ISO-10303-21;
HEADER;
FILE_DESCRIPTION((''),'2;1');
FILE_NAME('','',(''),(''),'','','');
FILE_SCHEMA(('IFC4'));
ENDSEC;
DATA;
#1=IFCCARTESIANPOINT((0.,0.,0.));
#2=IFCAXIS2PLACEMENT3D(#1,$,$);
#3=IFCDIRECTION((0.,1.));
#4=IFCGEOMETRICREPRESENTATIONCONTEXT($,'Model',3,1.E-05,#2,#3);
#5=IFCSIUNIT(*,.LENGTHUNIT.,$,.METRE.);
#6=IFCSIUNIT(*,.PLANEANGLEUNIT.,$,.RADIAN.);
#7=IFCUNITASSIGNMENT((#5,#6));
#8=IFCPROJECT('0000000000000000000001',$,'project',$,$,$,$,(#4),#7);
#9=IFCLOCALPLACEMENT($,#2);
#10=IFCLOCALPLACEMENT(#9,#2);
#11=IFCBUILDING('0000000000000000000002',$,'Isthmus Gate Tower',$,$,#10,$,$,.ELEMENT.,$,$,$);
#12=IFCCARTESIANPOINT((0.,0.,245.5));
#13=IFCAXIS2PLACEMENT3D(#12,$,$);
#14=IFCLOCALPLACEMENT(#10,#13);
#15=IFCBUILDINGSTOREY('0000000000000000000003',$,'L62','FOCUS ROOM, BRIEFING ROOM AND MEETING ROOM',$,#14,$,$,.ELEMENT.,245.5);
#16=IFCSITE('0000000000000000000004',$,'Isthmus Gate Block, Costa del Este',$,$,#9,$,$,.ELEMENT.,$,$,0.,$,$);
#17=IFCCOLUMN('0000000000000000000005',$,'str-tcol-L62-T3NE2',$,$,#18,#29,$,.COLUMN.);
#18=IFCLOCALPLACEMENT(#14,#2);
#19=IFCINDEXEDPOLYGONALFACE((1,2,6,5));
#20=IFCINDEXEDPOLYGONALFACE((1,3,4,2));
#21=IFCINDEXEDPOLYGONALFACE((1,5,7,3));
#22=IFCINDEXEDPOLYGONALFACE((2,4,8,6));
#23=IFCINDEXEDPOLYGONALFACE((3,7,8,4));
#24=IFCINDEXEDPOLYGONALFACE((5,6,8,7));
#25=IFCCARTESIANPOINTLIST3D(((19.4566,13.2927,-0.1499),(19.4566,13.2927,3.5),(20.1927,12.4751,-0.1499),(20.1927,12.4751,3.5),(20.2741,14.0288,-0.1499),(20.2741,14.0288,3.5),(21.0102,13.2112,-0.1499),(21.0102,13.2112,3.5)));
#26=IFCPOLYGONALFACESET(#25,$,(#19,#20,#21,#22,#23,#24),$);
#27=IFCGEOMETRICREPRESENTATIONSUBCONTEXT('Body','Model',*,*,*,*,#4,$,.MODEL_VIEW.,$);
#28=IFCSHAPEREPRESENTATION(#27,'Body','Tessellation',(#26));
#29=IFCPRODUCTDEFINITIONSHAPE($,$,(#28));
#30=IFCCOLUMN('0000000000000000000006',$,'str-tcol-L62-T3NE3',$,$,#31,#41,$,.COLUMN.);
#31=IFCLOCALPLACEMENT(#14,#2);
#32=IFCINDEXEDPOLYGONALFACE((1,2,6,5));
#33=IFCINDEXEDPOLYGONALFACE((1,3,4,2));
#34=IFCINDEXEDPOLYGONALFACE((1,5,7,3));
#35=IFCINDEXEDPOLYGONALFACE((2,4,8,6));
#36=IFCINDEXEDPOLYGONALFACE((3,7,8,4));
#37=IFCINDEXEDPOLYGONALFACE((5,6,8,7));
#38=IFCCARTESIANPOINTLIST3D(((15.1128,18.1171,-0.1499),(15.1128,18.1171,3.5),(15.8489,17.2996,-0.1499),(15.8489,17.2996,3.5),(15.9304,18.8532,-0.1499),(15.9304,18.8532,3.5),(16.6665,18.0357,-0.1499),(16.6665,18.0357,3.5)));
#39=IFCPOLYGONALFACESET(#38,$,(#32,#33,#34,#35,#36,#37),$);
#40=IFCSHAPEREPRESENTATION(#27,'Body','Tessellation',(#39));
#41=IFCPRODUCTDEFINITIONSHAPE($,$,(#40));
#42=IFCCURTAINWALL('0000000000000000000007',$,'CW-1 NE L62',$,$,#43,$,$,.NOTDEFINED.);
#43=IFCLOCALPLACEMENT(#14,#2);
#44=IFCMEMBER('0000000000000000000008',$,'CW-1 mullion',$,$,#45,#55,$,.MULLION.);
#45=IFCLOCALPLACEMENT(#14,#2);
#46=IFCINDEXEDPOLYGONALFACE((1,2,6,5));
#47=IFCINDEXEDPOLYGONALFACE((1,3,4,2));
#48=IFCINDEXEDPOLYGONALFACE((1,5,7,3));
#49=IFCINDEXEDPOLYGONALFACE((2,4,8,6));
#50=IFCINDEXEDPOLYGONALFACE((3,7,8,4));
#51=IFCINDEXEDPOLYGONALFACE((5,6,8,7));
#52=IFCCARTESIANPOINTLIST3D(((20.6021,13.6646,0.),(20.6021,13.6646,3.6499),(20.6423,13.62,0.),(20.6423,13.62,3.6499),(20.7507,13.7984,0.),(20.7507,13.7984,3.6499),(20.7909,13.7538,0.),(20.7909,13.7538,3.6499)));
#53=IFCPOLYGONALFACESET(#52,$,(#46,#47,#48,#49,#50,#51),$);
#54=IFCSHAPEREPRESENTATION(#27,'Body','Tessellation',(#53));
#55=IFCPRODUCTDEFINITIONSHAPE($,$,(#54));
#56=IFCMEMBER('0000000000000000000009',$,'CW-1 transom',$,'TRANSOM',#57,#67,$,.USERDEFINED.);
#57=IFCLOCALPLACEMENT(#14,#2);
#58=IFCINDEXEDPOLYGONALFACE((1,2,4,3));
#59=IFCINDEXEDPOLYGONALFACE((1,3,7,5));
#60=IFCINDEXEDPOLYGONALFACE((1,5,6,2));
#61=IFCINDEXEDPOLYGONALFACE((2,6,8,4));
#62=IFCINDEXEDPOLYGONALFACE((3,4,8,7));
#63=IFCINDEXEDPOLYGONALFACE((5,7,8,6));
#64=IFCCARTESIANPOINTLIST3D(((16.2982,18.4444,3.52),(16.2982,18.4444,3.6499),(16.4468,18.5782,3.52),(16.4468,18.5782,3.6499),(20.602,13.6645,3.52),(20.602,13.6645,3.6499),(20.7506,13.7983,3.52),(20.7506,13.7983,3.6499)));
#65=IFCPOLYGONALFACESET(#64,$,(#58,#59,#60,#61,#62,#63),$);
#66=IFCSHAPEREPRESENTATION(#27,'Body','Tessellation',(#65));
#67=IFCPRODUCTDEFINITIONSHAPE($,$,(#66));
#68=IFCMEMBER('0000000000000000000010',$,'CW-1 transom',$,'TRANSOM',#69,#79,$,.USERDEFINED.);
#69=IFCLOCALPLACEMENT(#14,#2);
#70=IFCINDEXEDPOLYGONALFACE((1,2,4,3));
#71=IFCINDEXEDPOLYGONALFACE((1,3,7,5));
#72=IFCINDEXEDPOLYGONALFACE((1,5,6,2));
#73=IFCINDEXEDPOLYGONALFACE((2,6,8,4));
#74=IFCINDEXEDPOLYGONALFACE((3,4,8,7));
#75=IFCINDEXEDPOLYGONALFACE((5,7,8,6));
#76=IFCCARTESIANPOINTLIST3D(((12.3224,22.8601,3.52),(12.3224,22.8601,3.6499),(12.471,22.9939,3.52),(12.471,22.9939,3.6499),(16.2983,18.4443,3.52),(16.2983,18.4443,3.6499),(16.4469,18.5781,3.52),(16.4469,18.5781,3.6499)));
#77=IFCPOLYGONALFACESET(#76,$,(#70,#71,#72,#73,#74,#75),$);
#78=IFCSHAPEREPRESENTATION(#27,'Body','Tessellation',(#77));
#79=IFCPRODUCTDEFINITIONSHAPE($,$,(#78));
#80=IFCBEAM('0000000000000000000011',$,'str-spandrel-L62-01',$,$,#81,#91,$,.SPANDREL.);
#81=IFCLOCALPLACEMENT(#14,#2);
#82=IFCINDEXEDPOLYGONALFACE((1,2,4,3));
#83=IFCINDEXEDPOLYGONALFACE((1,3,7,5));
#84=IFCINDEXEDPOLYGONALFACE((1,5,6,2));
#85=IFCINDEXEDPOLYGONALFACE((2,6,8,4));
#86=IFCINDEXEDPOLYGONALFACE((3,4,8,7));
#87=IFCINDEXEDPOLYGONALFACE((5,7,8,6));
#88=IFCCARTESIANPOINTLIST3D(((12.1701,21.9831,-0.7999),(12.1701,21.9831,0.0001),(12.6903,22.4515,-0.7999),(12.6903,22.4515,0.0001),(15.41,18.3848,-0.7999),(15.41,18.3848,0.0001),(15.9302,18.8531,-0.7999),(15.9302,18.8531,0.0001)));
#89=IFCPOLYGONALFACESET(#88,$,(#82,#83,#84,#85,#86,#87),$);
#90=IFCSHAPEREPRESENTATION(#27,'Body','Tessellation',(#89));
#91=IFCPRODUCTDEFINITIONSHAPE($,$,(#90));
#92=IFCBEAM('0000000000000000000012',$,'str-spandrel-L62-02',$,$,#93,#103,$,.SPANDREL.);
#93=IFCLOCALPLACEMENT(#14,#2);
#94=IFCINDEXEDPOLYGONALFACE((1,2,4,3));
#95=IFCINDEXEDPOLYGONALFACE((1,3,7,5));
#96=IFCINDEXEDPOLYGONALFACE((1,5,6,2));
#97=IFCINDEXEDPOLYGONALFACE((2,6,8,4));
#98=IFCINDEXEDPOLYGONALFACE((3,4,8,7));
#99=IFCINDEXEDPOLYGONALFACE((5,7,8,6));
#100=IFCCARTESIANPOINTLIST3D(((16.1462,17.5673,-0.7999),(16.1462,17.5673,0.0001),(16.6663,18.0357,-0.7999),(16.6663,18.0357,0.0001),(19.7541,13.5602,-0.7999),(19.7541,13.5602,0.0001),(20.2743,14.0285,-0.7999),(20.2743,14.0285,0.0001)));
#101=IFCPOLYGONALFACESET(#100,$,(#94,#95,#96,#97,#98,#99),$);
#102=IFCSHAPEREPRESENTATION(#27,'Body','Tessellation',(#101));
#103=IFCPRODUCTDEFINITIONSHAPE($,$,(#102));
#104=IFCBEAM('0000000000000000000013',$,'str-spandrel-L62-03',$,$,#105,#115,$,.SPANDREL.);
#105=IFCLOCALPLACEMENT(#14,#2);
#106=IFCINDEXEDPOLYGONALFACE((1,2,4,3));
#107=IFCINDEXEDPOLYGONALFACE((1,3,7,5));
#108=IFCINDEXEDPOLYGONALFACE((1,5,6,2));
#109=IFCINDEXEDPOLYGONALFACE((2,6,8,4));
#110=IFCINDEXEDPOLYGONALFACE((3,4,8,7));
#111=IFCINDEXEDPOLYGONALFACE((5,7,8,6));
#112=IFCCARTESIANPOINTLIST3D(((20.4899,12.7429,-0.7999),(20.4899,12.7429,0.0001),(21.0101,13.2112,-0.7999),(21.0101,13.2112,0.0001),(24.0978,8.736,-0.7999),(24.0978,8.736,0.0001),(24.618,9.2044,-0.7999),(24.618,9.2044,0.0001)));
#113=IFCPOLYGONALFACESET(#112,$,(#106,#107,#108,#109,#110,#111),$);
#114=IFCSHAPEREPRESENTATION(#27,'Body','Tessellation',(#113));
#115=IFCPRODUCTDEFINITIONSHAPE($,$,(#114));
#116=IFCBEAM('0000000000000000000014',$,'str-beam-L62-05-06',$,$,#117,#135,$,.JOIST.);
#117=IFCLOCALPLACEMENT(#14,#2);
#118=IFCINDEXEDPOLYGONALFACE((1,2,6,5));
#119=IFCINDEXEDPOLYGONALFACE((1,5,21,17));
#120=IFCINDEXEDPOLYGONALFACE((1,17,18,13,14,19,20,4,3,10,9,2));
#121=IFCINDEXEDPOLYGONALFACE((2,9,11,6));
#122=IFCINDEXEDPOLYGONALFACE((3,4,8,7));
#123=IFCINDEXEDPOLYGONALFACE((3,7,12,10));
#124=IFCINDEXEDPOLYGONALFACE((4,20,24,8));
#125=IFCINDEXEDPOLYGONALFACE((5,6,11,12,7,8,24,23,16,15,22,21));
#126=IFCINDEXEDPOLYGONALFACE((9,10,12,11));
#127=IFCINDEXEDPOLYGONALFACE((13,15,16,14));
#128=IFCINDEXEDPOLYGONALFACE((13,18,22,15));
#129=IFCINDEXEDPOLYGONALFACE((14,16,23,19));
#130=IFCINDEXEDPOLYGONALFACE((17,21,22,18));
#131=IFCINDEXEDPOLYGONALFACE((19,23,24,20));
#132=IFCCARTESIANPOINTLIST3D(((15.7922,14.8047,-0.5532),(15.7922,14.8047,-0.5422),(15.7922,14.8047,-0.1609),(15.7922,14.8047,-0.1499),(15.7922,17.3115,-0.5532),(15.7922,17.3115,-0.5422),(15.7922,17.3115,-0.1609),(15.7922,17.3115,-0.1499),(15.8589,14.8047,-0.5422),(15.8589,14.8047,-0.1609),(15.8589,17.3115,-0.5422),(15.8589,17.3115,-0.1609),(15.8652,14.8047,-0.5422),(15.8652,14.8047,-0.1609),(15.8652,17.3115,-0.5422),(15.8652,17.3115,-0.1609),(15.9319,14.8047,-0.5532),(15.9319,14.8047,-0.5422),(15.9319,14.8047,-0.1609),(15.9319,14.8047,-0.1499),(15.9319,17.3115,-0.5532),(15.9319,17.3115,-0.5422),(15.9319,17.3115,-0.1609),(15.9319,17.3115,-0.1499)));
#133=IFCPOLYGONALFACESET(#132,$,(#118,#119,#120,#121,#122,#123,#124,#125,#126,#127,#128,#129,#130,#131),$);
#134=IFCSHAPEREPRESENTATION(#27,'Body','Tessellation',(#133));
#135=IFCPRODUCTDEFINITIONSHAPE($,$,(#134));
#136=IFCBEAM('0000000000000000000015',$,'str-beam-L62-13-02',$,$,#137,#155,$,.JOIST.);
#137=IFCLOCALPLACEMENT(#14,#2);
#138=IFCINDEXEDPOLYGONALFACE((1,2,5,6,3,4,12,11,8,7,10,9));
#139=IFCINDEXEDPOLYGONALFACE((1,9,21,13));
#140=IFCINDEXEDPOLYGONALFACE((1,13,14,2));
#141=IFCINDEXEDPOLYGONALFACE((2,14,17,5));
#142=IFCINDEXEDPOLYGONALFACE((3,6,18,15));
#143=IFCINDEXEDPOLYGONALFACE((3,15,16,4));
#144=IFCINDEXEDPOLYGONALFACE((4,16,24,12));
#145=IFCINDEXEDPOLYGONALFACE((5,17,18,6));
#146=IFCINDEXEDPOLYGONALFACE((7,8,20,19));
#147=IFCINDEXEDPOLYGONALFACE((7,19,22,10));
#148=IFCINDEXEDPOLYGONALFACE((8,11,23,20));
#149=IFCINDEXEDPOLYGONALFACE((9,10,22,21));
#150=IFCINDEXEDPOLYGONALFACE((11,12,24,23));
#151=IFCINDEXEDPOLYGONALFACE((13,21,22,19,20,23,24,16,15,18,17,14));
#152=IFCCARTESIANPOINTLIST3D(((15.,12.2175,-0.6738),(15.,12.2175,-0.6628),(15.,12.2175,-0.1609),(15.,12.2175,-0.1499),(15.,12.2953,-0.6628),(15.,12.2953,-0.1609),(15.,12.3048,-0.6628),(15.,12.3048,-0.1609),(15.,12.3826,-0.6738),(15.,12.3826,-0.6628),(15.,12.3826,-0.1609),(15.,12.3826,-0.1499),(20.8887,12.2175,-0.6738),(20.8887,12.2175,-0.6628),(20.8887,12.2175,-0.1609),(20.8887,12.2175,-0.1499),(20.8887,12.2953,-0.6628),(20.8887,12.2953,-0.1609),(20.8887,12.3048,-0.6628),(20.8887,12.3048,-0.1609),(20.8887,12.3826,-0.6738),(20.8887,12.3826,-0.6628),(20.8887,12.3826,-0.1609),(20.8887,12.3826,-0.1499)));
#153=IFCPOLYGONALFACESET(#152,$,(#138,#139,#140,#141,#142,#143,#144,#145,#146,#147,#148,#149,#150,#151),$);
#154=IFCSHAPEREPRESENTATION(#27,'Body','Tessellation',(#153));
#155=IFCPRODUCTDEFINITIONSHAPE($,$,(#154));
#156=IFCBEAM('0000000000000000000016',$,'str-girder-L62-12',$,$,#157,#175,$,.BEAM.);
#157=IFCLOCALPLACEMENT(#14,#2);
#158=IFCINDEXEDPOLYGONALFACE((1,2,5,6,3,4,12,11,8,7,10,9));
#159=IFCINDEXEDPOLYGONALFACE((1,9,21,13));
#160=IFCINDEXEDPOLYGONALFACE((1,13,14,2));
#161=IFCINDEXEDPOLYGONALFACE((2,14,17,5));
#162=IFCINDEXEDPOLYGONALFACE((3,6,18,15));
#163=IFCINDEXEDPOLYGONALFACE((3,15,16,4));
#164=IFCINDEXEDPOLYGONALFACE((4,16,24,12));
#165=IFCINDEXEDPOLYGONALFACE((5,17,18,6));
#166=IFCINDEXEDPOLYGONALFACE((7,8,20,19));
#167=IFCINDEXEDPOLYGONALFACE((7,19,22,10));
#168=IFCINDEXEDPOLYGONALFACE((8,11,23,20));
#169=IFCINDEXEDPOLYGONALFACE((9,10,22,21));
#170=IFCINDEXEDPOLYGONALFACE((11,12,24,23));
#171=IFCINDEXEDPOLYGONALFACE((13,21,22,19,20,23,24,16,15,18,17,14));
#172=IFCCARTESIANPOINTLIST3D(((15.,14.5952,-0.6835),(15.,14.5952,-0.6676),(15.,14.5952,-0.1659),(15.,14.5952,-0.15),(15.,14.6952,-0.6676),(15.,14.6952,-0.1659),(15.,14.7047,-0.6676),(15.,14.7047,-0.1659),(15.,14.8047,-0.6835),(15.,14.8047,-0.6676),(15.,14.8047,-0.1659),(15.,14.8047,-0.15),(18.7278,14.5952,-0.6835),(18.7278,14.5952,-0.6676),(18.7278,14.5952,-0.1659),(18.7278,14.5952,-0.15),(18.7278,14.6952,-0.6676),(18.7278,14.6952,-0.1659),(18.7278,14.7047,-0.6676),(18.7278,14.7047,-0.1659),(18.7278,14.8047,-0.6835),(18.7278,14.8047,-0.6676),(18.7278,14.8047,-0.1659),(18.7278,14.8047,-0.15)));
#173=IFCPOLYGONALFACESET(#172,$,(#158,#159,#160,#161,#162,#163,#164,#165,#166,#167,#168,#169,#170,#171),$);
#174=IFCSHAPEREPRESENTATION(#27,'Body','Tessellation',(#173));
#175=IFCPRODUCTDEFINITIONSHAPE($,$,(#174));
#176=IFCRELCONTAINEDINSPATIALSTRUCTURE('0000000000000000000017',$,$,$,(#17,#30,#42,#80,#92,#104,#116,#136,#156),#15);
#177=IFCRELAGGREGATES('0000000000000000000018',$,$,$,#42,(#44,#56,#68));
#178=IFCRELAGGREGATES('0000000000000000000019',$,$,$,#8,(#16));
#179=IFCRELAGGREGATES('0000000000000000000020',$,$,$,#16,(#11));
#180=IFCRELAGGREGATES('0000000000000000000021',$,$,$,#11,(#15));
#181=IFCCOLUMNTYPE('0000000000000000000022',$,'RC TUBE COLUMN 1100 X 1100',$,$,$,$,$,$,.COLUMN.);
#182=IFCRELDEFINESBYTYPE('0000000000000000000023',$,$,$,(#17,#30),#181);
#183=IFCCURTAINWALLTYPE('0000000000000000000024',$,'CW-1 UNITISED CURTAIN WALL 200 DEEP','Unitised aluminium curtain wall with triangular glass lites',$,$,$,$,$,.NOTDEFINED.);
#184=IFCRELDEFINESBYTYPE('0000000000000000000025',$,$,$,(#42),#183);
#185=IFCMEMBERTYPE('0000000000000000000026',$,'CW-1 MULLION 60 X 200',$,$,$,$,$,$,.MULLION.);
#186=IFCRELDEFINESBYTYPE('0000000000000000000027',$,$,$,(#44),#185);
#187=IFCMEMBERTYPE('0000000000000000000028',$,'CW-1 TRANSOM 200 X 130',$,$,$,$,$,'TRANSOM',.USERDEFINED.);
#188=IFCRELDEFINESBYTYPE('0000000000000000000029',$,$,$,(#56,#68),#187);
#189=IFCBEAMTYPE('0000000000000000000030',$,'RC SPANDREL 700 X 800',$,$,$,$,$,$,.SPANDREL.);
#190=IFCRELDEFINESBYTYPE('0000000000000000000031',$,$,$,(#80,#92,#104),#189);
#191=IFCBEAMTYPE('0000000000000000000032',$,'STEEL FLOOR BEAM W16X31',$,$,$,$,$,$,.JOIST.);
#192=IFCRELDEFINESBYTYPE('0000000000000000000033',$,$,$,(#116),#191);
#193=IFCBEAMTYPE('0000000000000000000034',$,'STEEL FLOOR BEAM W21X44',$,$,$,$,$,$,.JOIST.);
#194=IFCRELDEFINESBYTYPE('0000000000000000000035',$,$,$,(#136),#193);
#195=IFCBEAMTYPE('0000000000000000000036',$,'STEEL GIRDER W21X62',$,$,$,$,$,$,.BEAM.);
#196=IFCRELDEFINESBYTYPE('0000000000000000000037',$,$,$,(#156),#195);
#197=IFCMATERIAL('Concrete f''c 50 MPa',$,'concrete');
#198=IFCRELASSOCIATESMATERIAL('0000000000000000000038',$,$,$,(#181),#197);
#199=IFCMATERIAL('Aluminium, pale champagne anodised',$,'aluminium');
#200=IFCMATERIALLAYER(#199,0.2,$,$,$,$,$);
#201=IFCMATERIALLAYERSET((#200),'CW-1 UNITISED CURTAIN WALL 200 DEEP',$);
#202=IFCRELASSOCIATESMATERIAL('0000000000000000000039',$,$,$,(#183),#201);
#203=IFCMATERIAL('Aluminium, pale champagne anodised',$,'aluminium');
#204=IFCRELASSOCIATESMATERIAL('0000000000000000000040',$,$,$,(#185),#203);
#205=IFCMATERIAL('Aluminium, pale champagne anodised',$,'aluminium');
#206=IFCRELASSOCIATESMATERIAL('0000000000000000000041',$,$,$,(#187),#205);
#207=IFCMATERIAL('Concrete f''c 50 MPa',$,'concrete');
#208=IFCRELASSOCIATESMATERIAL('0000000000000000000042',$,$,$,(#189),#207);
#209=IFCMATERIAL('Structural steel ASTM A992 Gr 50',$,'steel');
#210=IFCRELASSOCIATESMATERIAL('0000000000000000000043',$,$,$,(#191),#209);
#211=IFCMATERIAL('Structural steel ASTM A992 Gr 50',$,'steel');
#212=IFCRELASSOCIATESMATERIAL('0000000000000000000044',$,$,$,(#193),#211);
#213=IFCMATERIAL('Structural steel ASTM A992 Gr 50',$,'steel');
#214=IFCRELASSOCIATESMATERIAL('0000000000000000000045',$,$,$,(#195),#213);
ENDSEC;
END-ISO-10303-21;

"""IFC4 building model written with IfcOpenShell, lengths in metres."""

from ifc_helpers import new_model, si_unit, direction, frame, origin, origin_2d, place, context, subcontext, project, spatial, rectangle, i_section, extrude, material, layer, layer_set, material_profile, profile_set, type_object, element, aggregate, save


model = new_model("IFC4")

# Units and contexts
model_context = context("Model", 3, precision=1e-05, world=origin(), true_north=direction((0.0, 1.0)))
body_context = subcontext(model_context, "Body", "Model", "MODEL_VIEW")
ifc_project = project(units=[si_unit("LENGTHUNIT", "METRE"), si_unit("PLANEANGLEUNIT", "RADIAN")], contexts=[model_context])

# Site, building, storey
site_placement = place(None, origin())
site = spatial("IfcSite", under=ifc_project, at=site_placement, Name="Isthmus Gate Block, Costa del Este", CompositionType="ELEMENT", RefElevation=0.0)
building_placement = place(site_placement, origin())
building = spatial("IfcBuilding", under=site, at=building_placement, Name="Isthmus Gate Tower", CompositionType="ELEMENT")
storey_placement = place(building_placement, frame((0.0, 0.0, 245.5)))
storey = spatial("IfcBuildingStorey", under=building, at=storey_placement, Name="L62", Description="FOCUS ROOM, BRIEFING ROOM AND MEETING ROOM", CompositionType="ELEMENT", Elevation=245.5)

# Columns
ifc_material_1 = material(Name="Concrete f'c 50 MPa", Category="concrete")
ifc_material_profile_1 = material_profile(ifc_material_1, rectangle(XDim=1.1001, YDim=1.1001, at=origin_2d()), Name="RC 1100X1100")
ifc_profile_set_1 = profile_set([ifc_material_profile_1], Name="Concrete f'c 50 MPa")
column_type = type_object("IfcColumnType", Name="RC TUBE COLUMN 1100 X 1100", PredefinedType="COLUMN", material=ifc_profile_set_1)
for number, where, z_axis, x_axis, name in (
    (1, (20.2334, 13.252, -0.1499), (0.0, 0.0, 1.0), (-0.669131, 0.743145, 0.0), "str-tcol-L62-T3NE2"),
    (2, (15.8896, 18.0764, -0.1499), (0.0, 0.0, 1.0), (-0.669131, 0.743145, 0.0), "str-tcol-L62-T3NE3"),
):
    element("IfcColumn", number, at=place(storey_placement, frame(where, z_axis=z_axis, x_axis=x_axis)), inside=storey, type_object=column_type, Name=name, PredefinedType="COLUMN", context=body_context, shape_type="SweptSolid", body=[
        extrude(rectangle(XDim=1.1001, YDim=1.1001, at=origin_2d()), origin(), (0.0, 0.0, 1.0), 3.6499),
    ])

# Curtain wall, members
ifc_material_2 = material(Name="Aluminium, pale champagne anodised", Category="aluminium")
ifc_layer_1 = layer(ifc_material_2, 0.2)
ifc_layer_set_1 = layer_set([ifc_layer_1], Name="CW-1 UNITISED CURTAIN WALL 200 DEEP")
curtain_wall_type = type_object("IfcCurtainWallType", Name="CW-1 UNITISED CURTAIN WALL 200 DEEP", Description="Unitised aluminium curtain wall with triangular glass lites", PredefinedType="NOTDEFINED", material=ifc_layer_set_1)
curtain_wall_placement = place(storey_placement, origin())
curtain_wall = element("IfcCurtainWall", 3, at=curtain_wall_placement, inside=storey, type_object=curtain_wall_type, Name="CW-1 NE L62", PredefinedType="NOTDEFINED")
ifc_material_3 = material(Name="Aluminium, pale champagne anodised", Category="aluminium")
ifc_material_profile_2 = material_profile(ifc_material_3, rectangle(XDim=0.0601, YDim=0.2, at=origin_2d()), Name="60x200")
ifc_profile_set_2 = profile_set([ifc_material_profile_2], Name="Aluminium, pale champagne anodised")
member_type_1 = type_object("IfcMemberType", Name="CW-1 MULLION 60 X 200", PredefinedType="MULLION", material=ifc_profile_set_2)
member_1_placement = place(storey_placement, frame((20.6965, 13.7092, 0.0), z_axis=(0.0, 0.0, 1.0), x_axis=(-0.669131, 0.743145, 0.0)))
member_1 = element("IfcMember", 4, at=member_1_placement, type_object=member_type_1, Name="CW-1 mullion", PredefinedType="MULLION", context=body_context, shape_type="SweptSolid", body=[
    extrude(rectangle(XDim=0.0601, YDim=0.2, at=origin_2d()), origin(), (0.0, 0.0, 1.0), 3.6499),
])
ifc_material_4 = material(Name="Aluminium, pale champagne anodised", Category="aluminium")
ifc_material_profile_3 = material_profile(ifc_material_4, rectangle(XDim=0.2, YDim=0.1299, at=origin_2d()), Name="200x130")
ifc_profile_set_3 = profile_set([ifc_material_profile_3], Name="Aluminium, pale champagne anodised")
member_type_2 = type_object("IfcMemberType", Name="CW-1 TRANSOM 200 X 130", ElementType="TRANSOM", PredefinedType="USERDEFINED", material=ifc_profile_set_3)
member_2_placement = place(storey_placement, frame((20.6763, 13.7314, 3.585), z_axis=(-0.669128, 0.743147, 0.0), x_axis=(-0.743147, -0.669128, 0.0)))
member_2 = element("IfcMember", 5, at=member_2_placement, type_object=member_type_2, Name="CW-1 transom", ObjectType="TRANSOM", PredefinedType="USERDEFINED", context=body_context, shape_type="SweptSolid", body=[
    extrude(rectangle(XDim=0.2, YDim=0.1299, at=origin_2d()), origin(), (0.0, 0.0, 1.0), 6.4319),
])
member_3_placement = place(storey_placement, frame((16.3726, 18.5112, 3.585), z_axis=(-0.669117, 0.743157, 0.0), x_axis=(-0.743157, -0.669117, 0.0)))
member_3 = element("IfcMember", 6, at=member_3_placement, type_object=member_type_2, Name="CW-1 transom", ObjectType="TRANSOM", PredefinedType="USERDEFINED", context=body_context, shape_type="SweptSolid", body=[
    extrude(rectangle(XDim=0.2, YDim=0.1299, at=origin_2d()), origin(), (0.0, 0.0, 1.0), 5.9419),
])

# Beams
ifc_material_5 = material(Name="Concrete f'c 50 MPa", Category="concrete")
ifc_material_profile_4 = material_profile(ifc_material_5, rectangle(XDim=0.7, YDim=0.8, at=origin_2d()), Name="RC 700X800")
ifc_profile_set_4 = profile_set([ifc_material_profile_4], Name="Concrete f'c 50 MPa")
beam_type_1 = type_object("IfcBeamType", Name="RC SPANDREL 700 X 800", PredefinedType="SPANDREL", material=ifc_profile_set_4)
beam_1_placement = place(storey_placement, frame((12.4302, 22.2173, -0.3999), z_axis=(0.669129, -0.743146, 0.0), x_axis=(0.743146, 0.669129, 0.0)))
element("IfcBeam", 7, at=beam_1_placement, inside=storey, type_object=beam_type_1, Name="str-spandrel-L62-01", PredefinedType="SPANDREL", context=body_context, shape_type="SweptSolid", body=[
    extrude(rectangle(XDim=0.7, YDim=0.8, at=origin_2d()), origin(), (0.0, 0.0, 1.0), 4.842),
])
beam_2_placement = place(storey_placement, frame((16.4062, 17.8015, -0.3999), z_axis=(0.669122, -0.743152, 0.0), x_axis=(0.743152, 0.669122, 0.0)))
element("IfcBeam", 8, at=beam_2_placement, inside=storey, type_object=beam_type_1, Name="str-spandrel-L62-02", PredefinedType="SPANDREL", context=body_context, shape_type="SweptSolid", body=[
    extrude(rectangle(XDim=0.7, YDim=0.8, at=origin_2d()), origin(), (0.0, 0.0, 1.0), 5.3921),
])
beam_3_placement = place(storey_placement, frame((20.75, 12.9771, -0.3999), z_axis=(0.669145, -0.743132, 0.0), x_axis=(0.743132, 0.669145, 0.0)))
element("IfcBeam", 9, at=beam_3_placement, inside=storey, type_object=beam_type_1, Name="str-spandrel-L62-03", PredefinedType="SPANDREL", context=body_context, shape_type="SweptSolid", body=[
    extrude(rectangle(XDim=0.7, YDim=0.8, at=origin_2d()), origin(), (0.0, 0.0, 1.0), 5.3918),
])
ifc_material_6 = material(Name="Structural steel ASTM A992 Gr 50", Category="steel")
ifc_material_profile_5 = material_profile(ifc_material_6, i_section(OverallWidth=0.1396, OverallDepth=0.4033, WebThickness=0.0063, FlangeThickness=0.011, at=origin_2d()), Name="W16X31")
ifc_profile_set_5 = profile_set([ifc_material_profile_5], Name="Structural steel ASTM A992 Gr 50")
beam_type_2 = type_object("IfcBeamType", Name="STEEL FLOOR BEAM W16X31", PredefinedType="JOIST", material=ifc_profile_set_5)
beam_4_placement = place(storey_placement, frame((15.8621, 14.8047, -0.3516), z_axis=(0.0, 1.0, 0.0), x_axis=(-1.0, 0.0, 0.0)))
element("IfcBeam", 10, at=beam_4_placement, inside=storey, type_object=beam_type_2, Name="str-beam-L62-05-06", PredefinedType="JOIST", context=body_context, shape_type="SweptSolid", body=[
    extrude(i_section(OverallWidth=0.1396, OverallDepth=0.4033, WebThickness=0.0063, FlangeThickness=0.011, at=origin_2d()), origin(), (0.0, 0.0, 1.0), 2.5068),
])
ifc_material_7 = material(Name="Structural steel ASTM A992 Gr 50", Category="steel")
ifc_material_profile_6 = material_profile(ifc_material_7, i_section(OverallWidth=0.165, OverallDepth=0.5239, WebThickness=0.0095, FlangeThickness=0.011, at=origin_2d()), Name="W21X44")
ifc_profile_set_6 = profile_set([ifc_material_profile_6], Name="Structural steel ASTM A992 Gr 50")
beam_type_3 = type_object("IfcBeamType", Name="STEEL FLOOR BEAM W21X44", PredefinedType="JOIST", material=ifc_profile_set_6)
beam_5_placement = place(storey_placement, frame((15.0, 12.3, -0.4119), z_axis=(1.0, 0.0, 0.0), x_axis=(0.0, 1.0, 0.0)))
element("IfcBeam", 11, at=beam_5_placement, inside=storey, type_object=beam_type_3, Name="str-beam-L62-13-02", PredefinedType="JOIST", context=body_context, shape_type="SweptSolid", body=[
    extrude(i_section(OverallWidth=0.165, OverallDepth=0.5239, WebThickness=0.0095, FlangeThickness=0.011, at=origin_2d()), origin(), (0.0, 0.0, 1.0), 5.8887),
])
ifc_material_8 = material(Name="Structural steel ASTM A992 Gr 50", Category="steel")
ifc_material_profile_7 = material_profile(ifc_material_8, i_section(OverallWidth=0.2095, OverallDepth=0.5334, WebThickness=0.0095, FlangeThickness=0.0159, at=origin_2d()), Name="W21X62")
ifc_profile_set_7 = profile_set([ifc_material_profile_7], Name="Structural steel ASTM A992 Gr 50")
beam_type_4 = type_object("IfcBeamType", Name="STEEL GIRDER W21X62", PredefinedType="BEAM", material=ifc_profile_set_7)
beam_6_placement = place(storey_placement, frame((15.0, 14.7, -0.4167), z_axis=(1.0, 0.0, 0.0), x_axis=(0.0, 1.0, 0.0)))
element("IfcBeam", 12, at=beam_6_placement, inside=storey, type_object=beam_type_4, Name="str-girder-L62-12", PredefinedType="BEAM", context=body_context, shape_type="SweptSolid", body=[
    extrude(i_section(OverallWidth=0.2095, OverallDepth=0.5334, WebThickness=0.0095, FlangeThickness=0.0159, at=origin_2d()), origin(), (0.0, 0.0, 1.0), 3.7278),
])

aggregate(curtain_wall, [member_1, member_2, member_3])

save(model, "model.ifc")
